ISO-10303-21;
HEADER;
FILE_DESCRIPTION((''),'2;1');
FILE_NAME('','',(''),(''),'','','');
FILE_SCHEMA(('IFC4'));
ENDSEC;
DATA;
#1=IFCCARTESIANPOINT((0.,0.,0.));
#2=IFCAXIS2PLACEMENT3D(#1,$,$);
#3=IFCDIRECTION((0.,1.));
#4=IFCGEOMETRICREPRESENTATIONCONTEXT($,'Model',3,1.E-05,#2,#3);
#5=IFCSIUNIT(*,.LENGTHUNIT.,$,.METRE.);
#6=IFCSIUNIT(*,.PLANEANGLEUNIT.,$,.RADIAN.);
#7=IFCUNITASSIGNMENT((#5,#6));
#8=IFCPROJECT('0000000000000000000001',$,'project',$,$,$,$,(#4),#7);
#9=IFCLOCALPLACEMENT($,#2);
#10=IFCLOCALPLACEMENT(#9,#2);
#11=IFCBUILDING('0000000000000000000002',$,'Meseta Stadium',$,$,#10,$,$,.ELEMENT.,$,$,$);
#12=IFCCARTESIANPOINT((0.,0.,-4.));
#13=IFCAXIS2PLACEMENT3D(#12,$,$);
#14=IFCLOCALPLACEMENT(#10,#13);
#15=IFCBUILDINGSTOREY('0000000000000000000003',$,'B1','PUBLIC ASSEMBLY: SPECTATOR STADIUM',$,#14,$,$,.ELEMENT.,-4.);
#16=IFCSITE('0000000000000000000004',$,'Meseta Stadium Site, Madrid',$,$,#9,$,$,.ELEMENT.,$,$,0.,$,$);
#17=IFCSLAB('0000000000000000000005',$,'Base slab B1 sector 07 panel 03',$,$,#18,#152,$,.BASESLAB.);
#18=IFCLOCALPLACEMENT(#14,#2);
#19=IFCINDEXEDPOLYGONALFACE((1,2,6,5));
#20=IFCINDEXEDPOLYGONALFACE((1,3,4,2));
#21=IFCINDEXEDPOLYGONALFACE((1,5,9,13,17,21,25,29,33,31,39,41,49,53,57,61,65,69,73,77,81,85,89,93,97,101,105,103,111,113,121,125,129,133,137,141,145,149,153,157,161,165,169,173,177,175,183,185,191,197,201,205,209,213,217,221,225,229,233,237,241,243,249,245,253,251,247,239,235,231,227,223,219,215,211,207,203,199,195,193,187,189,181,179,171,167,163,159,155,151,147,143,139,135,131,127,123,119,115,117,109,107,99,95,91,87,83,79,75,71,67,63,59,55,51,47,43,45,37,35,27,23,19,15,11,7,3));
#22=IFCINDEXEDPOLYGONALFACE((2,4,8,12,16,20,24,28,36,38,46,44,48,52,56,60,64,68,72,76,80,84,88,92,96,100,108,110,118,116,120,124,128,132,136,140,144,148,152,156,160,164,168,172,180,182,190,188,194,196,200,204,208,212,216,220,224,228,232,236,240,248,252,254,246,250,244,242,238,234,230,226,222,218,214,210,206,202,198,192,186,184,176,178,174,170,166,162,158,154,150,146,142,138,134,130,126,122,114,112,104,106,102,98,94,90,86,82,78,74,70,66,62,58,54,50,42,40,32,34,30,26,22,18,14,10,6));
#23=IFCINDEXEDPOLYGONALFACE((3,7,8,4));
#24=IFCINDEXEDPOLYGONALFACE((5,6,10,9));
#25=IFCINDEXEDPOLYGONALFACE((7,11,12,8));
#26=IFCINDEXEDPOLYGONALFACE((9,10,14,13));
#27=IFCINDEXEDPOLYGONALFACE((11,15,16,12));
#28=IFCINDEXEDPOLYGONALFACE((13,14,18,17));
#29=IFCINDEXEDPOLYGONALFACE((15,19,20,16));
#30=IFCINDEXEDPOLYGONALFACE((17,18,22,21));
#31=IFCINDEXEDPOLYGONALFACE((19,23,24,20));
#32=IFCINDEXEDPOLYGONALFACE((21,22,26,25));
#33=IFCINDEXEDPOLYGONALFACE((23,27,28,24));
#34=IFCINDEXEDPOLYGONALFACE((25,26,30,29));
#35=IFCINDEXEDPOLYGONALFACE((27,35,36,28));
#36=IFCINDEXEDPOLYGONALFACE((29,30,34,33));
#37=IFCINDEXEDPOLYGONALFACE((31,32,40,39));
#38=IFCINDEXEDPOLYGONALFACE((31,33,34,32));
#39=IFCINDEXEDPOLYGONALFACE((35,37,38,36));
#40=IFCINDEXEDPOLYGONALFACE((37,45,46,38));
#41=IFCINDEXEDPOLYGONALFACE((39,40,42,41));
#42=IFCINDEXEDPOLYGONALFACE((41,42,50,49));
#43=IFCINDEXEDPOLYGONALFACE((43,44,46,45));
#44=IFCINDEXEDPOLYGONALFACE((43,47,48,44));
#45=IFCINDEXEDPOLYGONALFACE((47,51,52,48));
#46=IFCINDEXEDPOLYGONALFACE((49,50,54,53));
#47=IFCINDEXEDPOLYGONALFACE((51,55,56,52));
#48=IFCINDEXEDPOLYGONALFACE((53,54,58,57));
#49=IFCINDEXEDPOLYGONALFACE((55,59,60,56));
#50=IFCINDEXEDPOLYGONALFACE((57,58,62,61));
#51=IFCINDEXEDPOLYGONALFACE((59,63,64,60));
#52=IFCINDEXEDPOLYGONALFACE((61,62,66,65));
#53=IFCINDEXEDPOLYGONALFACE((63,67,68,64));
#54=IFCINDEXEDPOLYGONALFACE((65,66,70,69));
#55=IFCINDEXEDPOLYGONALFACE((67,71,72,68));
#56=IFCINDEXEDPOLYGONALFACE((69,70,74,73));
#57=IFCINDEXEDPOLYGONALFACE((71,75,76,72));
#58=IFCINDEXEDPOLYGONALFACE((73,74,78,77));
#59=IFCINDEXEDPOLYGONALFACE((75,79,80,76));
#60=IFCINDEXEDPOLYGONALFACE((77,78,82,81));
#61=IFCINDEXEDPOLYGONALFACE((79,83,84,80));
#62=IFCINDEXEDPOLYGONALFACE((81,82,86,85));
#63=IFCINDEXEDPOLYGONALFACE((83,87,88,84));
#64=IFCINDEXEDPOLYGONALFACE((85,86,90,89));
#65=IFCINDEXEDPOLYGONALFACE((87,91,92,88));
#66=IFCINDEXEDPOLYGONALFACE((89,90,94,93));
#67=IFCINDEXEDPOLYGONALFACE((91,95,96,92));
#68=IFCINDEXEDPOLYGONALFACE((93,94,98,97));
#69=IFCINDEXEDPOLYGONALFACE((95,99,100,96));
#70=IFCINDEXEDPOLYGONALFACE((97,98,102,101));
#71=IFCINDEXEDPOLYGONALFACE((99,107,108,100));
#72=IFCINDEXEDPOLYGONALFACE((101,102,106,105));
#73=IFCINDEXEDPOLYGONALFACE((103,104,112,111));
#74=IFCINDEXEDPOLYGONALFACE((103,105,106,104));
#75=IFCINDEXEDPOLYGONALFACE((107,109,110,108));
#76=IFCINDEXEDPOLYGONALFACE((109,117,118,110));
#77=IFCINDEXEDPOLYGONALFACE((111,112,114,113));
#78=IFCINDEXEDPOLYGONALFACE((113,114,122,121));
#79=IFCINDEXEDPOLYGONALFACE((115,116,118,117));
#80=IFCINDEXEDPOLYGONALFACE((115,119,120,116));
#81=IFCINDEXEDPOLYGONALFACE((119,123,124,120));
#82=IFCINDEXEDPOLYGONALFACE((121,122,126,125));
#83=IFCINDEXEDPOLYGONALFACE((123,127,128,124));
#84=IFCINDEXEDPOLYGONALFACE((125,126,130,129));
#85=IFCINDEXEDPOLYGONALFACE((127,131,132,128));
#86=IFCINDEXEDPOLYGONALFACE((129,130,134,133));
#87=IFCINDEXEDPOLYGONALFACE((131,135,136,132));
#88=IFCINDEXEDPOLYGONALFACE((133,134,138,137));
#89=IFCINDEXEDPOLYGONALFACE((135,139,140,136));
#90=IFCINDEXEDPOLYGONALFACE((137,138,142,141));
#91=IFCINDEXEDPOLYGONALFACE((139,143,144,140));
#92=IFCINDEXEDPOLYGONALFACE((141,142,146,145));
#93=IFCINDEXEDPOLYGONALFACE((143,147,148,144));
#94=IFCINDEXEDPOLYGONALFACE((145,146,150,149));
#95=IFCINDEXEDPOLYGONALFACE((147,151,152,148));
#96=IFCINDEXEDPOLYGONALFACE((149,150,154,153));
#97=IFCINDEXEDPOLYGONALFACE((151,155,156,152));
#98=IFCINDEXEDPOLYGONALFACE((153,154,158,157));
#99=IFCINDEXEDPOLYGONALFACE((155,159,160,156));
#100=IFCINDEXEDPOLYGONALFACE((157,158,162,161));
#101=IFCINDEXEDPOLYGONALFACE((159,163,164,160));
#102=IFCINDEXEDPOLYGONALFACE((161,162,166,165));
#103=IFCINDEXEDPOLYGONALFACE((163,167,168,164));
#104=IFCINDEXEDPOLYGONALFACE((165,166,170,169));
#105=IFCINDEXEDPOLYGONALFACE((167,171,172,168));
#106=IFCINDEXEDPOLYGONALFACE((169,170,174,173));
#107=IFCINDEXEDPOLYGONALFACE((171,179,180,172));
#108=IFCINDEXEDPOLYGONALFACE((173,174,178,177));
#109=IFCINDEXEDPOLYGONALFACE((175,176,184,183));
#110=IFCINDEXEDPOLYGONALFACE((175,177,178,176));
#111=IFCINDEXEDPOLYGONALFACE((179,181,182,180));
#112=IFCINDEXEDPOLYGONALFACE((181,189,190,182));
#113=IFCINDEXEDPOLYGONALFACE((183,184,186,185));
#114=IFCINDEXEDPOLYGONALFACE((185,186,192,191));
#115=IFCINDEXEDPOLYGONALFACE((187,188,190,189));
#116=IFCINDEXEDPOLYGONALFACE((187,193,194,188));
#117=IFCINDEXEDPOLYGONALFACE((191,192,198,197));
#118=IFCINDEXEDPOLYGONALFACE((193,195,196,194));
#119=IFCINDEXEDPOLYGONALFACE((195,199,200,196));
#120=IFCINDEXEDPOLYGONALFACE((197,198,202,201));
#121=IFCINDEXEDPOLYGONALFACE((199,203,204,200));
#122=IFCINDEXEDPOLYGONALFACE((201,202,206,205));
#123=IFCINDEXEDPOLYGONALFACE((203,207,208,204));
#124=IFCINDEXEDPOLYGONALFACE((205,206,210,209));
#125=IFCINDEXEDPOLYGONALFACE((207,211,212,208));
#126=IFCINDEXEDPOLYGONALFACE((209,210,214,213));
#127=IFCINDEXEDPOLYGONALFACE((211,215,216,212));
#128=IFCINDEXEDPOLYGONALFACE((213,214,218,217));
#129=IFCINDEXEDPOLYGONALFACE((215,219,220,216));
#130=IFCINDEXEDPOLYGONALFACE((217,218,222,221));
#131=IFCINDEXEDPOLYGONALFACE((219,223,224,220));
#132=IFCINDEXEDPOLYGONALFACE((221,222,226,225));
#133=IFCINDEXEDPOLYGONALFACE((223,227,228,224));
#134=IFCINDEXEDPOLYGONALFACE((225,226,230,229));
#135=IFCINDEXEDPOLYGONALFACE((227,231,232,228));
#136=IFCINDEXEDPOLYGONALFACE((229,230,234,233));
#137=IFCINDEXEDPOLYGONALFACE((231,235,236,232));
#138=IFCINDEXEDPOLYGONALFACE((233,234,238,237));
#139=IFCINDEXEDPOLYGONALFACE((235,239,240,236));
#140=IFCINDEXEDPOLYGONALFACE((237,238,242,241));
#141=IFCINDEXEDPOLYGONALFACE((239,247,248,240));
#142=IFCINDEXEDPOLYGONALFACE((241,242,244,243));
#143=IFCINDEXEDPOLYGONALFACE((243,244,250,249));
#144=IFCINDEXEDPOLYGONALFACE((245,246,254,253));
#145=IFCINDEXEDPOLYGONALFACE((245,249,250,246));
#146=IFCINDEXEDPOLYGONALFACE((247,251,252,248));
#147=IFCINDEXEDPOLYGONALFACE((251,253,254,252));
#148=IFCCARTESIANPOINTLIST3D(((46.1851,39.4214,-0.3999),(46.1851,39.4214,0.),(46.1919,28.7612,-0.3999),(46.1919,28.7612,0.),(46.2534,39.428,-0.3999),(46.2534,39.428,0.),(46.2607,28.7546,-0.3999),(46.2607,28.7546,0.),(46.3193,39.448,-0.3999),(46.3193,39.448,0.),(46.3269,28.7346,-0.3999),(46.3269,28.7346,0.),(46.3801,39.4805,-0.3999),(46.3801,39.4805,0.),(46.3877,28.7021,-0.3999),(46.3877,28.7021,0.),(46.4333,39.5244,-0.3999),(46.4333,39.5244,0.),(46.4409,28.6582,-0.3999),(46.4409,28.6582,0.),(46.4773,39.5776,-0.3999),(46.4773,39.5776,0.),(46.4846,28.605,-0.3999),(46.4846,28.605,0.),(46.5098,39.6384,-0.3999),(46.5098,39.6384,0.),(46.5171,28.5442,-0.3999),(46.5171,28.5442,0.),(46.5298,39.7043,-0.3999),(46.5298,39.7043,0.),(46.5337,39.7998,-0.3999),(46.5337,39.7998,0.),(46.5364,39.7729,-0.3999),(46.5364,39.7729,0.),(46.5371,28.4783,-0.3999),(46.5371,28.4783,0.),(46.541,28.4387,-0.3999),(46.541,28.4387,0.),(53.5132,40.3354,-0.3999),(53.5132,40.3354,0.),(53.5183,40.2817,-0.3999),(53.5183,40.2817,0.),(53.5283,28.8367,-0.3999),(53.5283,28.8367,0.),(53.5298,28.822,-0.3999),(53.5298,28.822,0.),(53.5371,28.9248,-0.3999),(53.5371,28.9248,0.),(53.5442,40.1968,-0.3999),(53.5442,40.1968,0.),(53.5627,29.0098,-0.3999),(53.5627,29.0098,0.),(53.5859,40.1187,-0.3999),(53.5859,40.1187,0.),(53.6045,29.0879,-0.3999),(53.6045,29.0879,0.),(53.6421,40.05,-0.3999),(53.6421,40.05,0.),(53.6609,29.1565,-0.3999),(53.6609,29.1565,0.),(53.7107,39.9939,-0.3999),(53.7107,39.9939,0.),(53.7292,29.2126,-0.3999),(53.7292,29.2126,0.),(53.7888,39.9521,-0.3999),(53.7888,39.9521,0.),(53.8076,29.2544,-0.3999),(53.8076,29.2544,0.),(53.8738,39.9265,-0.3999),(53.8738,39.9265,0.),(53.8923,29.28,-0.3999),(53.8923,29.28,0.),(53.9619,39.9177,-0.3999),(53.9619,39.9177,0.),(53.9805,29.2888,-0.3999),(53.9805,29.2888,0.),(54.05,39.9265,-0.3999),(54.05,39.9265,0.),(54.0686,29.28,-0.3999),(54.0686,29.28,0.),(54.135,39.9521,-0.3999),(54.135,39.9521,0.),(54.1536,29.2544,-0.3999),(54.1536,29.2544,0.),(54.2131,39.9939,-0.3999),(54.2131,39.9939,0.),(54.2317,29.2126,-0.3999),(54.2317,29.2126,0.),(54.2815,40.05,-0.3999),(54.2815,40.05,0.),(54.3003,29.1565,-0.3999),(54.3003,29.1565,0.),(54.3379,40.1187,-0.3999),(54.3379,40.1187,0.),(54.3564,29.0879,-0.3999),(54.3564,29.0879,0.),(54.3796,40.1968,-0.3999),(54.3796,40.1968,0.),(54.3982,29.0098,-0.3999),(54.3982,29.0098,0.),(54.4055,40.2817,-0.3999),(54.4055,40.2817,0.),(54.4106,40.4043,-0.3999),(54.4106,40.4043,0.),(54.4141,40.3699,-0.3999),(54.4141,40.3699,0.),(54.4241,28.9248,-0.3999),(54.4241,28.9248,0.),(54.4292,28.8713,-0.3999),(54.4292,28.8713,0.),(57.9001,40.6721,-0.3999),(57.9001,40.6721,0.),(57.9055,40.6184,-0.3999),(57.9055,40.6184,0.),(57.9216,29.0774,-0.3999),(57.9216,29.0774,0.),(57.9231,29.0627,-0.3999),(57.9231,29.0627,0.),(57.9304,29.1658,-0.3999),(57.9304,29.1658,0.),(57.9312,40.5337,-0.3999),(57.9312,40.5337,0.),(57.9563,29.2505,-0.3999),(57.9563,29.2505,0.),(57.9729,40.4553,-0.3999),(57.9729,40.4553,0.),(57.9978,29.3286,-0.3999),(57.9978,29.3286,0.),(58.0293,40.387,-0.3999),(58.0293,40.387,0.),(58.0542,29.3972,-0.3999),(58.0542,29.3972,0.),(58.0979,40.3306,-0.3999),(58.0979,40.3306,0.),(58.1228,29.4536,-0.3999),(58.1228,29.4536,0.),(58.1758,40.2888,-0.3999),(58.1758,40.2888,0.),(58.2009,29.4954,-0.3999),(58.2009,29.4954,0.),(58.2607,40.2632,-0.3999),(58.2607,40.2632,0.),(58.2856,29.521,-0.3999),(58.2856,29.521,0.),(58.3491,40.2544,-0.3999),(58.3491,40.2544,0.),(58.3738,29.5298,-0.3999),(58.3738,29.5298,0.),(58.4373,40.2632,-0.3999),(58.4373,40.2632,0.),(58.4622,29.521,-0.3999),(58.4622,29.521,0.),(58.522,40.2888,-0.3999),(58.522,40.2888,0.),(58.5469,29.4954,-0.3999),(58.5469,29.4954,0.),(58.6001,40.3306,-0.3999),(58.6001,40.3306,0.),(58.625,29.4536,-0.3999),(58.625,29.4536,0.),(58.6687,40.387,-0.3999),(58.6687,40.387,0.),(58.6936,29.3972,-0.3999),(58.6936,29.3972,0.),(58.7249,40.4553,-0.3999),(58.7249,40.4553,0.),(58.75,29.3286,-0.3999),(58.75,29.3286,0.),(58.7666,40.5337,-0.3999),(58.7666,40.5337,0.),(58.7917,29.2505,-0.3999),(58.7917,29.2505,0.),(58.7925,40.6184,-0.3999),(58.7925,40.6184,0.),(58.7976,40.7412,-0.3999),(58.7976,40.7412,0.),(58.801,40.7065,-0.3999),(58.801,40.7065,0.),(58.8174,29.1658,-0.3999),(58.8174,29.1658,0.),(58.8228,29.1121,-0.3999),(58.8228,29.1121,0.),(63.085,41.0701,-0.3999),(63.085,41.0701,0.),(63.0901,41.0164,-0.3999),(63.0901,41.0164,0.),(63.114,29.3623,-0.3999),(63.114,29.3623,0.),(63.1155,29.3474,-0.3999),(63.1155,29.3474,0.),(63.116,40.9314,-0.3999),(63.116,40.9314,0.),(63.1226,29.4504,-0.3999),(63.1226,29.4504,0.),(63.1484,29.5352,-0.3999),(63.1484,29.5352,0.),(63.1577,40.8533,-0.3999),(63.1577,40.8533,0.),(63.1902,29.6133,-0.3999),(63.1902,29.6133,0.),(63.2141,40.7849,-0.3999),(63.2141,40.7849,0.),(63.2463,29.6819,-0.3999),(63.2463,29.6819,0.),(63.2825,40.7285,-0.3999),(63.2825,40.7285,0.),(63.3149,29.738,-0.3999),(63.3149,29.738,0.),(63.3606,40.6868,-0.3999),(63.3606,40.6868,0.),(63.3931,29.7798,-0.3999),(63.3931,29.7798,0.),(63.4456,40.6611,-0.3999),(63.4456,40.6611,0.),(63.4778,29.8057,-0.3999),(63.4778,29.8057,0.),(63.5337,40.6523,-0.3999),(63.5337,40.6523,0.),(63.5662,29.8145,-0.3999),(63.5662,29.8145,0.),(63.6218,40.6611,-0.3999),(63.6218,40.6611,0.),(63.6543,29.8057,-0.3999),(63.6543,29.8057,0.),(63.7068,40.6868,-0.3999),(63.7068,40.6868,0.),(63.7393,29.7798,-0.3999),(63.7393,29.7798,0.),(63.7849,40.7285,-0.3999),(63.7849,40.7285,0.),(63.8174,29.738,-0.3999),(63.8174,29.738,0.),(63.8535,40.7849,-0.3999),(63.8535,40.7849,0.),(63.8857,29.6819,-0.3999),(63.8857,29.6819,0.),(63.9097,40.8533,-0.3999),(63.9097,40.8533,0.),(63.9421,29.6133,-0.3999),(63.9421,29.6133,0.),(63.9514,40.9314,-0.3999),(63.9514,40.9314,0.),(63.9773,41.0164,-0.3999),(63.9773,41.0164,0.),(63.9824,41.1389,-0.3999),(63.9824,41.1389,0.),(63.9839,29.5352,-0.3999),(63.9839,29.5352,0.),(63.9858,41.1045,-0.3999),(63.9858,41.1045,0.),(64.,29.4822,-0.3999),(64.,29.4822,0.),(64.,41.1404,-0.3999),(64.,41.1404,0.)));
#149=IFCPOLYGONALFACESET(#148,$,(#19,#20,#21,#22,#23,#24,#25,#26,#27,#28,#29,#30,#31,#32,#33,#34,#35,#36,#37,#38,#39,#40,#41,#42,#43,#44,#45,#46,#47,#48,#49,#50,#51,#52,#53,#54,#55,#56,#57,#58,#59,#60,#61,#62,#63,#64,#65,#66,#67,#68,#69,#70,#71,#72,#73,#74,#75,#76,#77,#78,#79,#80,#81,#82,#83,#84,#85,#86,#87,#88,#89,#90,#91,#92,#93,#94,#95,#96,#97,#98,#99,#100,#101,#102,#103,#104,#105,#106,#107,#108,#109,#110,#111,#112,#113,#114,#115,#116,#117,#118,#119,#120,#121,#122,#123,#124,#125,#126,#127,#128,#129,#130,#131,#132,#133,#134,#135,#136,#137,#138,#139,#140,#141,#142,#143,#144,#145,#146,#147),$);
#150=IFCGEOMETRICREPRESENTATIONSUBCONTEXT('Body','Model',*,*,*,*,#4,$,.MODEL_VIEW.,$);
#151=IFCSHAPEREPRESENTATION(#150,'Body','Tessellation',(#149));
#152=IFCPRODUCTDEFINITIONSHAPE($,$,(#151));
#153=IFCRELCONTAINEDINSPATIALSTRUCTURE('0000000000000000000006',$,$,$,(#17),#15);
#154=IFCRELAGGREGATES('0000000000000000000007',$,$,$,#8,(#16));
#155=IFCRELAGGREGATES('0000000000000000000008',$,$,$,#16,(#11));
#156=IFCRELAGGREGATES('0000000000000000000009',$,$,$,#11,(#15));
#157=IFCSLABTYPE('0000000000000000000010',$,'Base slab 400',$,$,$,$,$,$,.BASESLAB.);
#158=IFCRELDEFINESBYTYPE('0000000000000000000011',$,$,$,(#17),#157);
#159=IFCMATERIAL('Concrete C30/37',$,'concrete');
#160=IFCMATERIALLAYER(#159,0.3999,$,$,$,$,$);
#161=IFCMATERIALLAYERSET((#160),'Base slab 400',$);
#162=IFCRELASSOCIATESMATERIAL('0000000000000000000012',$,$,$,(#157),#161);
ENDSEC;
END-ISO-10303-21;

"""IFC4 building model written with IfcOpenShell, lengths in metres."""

from ifc_helpers import new_model, si_unit, direction, frame, origin, place, context, subcontext, project, spatial, polyline, outline, extrude, material, layer, layer_set, type_object, element, save


model = new_model("IFC4")

# Units and contexts
model_context = context("Model", 3, precision=1e-05, world=origin(), true_north=direction((0.0, 1.0)))
body_context = subcontext(model_context, "Body", "Model", "MODEL_VIEW")
ifc_project = project(units=[si_unit("LENGTHUNIT", "METRE"), si_unit("PLANEANGLEUNIT", "RADIAN")], contexts=[model_context])

# Site, building, storey
site_placement = place(None, origin())
site = spatial("IfcSite", under=ifc_project, at=site_placement, Name="Meseta Stadium Site, Madrid", CompositionType="ELEMENT", RefElevation=0.0)
building_placement = place(site_placement, origin())
building = spatial("IfcBuilding", under=site, at=building_placement, Name="Meseta Stadium", CompositionType="ELEMENT")
storey_placement = place(building_placement, frame((0.0, 0.0, -4.0)))
storey = spatial("IfcBuildingStorey", under=building, at=storey_placement, Name="B1", Description="PUBLIC ASSEMBLY: SPECTATOR STADIUM", CompositionType="ELEMENT", Elevation=-4.0)

# Slab
ifc_material_1 = material(Name="Concrete C30/37", Category="concrete")
ifc_layer = layer(ifc_material_1, 0.3999)
ifc_layer_set = layer_set([ifc_layer], Name="Base slab 400")
slab_type = type_object("IfcSlabType", Name="Base slab 400", PredefinedType="BASESLAB", material=ifc_layer_set)
slab_1_placement = place(storey_placement, frame((0.0, 0.0, -0.3999)))
element("IfcSlab", 1, at=slab_1_placement, inside=storey, type_object=slab_type, Name="Base slab B1 sector 07 panel 03", PredefinedType="BASESLAB", context=body_context, shape_type="SweptSolid", body=[
    extrude(outline(polyline([(46.2607, 28.7546), (46.3269, 28.7346), (46.3877, 28.7021), (46.4409, 28.6582), (46.4846, 28.605), (46.5171, 28.5442), (46.5371, 28.4783), (46.541, 28.4387), (53.5298, 28.822), (53.5283, 28.8367), (53.5371, 28.9248), (53.5627, 29.0098), (53.6045, 29.0879), (53.6609, 29.1565), (53.7292, 29.2126), (53.8076, 29.2544), (53.8923, 29.28), (53.9805, 29.2888), (54.0686, 29.28), (54.1536, 29.2544), (54.2317, 29.2126), (54.3003, 29.1565), (54.3564, 29.0879), (54.3982, 29.0098), (54.4241, 28.9248), (54.4292, 28.8713), (57.9231, 29.0627), (57.9216, 29.0774), (57.9304, 29.1658), (57.9563, 29.2505), (57.9978, 29.3286), (58.0542, 29.3972), (58.1228, 29.4536), (58.2009, 29.4954), (58.2856, 29.521), (58.3738, 29.5298), (58.4622, 29.521), (58.5469, 29.4954), (58.625, 29.4536), (58.6936, 29.3972), (58.75, 29.3286), (58.7917, 29.2505), (58.8174, 29.1658), (58.8228, 29.1121), (63.1155, 29.3474), (63.114, 29.3623), (63.1226, 29.4504), (63.1484, 29.5352), (63.1902, 29.6133), (63.2463, 29.6819), (63.3149, 29.738), (63.3931, 29.7798), (63.4778, 29.8057), (63.5662, 29.8145), (63.6543, 29.8057), (63.7393, 29.7798), (63.8174, 29.738), (63.8857, 29.6819), (63.9421, 29.6133), (63.9839, 29.5352), (64.0, 29.4822), (64.0, 41.1404), (63.9824, 41.1389), (63.9858, 41.1045), (63.9773, 41.0164), (63.9514, 40.9314), (63.9097, 40.8533), (63.8535, 40.7849), (63.7849, 40.7285), (63.7068, 40.6868), (63.6218, 40.6611), (63.5337, 40.6523), (63.4456, 40.6611), (63.3606, 40.6868), (63.2825, 40.7285), (63.2141, 40.7849), (63.1577, 40.8533), (63.116, 40.9314), (63.0901, 41.0164), (63.085, 41.0701), (58.7976, 40.7412), (58.801, 40.7065), (58.7925, 40.6184), (58.7666, 40.5337), (58.7249, 40.4553), (58.6687, 40.387), (58.6001, 40.3306), (58.522, 40.2888), (58.4373, 40.2632), (58.3491, 40.2544), (58.2607, 40.2632), (58.1758, 40.2888), (58.0979, 40.3306), (58.0293, 40.387), (57.9729, 40.4553), (57.9312, 40.5337), (57.9055, 40.6184), (57.9001, 40.6721), (54.4106, 40.4043), (54.4141, 40.3699), (54.4055, 40.2817), (54.3796, 40.1968), (54.3379, 40.1187), (54.2815, 40.05), (54.2131, 39.9939), (54.135, 39.9521), (54.05, 39.9265), (53.9619, 39.9177), (53.8738, 39.9265), (53.7888, 39.9521), (53.7107, 39.9939), (53.6421, 40.05), (53.5859, 40.1187), (53.5442, 40.1968), (53.5183, 40.2817), (53.5132, 40.3354), (46.5337, 39.7998), (46.5364, 39.7729), (46.5298, 39.7043), (46.5098, 39.6384), (46.4773, 39.5776), (46.4333, 39.5244), (46.3801, 39.4805), (46.3193, 39.448), (46.2534, 39.428), (46.1851, 39.4214), (46.1919, 28.7612), (46.2607, 28.7546)])), origin(), (0.0, 0.0, 1.0), 0.3999),
])

save(model, "model.ifc")
